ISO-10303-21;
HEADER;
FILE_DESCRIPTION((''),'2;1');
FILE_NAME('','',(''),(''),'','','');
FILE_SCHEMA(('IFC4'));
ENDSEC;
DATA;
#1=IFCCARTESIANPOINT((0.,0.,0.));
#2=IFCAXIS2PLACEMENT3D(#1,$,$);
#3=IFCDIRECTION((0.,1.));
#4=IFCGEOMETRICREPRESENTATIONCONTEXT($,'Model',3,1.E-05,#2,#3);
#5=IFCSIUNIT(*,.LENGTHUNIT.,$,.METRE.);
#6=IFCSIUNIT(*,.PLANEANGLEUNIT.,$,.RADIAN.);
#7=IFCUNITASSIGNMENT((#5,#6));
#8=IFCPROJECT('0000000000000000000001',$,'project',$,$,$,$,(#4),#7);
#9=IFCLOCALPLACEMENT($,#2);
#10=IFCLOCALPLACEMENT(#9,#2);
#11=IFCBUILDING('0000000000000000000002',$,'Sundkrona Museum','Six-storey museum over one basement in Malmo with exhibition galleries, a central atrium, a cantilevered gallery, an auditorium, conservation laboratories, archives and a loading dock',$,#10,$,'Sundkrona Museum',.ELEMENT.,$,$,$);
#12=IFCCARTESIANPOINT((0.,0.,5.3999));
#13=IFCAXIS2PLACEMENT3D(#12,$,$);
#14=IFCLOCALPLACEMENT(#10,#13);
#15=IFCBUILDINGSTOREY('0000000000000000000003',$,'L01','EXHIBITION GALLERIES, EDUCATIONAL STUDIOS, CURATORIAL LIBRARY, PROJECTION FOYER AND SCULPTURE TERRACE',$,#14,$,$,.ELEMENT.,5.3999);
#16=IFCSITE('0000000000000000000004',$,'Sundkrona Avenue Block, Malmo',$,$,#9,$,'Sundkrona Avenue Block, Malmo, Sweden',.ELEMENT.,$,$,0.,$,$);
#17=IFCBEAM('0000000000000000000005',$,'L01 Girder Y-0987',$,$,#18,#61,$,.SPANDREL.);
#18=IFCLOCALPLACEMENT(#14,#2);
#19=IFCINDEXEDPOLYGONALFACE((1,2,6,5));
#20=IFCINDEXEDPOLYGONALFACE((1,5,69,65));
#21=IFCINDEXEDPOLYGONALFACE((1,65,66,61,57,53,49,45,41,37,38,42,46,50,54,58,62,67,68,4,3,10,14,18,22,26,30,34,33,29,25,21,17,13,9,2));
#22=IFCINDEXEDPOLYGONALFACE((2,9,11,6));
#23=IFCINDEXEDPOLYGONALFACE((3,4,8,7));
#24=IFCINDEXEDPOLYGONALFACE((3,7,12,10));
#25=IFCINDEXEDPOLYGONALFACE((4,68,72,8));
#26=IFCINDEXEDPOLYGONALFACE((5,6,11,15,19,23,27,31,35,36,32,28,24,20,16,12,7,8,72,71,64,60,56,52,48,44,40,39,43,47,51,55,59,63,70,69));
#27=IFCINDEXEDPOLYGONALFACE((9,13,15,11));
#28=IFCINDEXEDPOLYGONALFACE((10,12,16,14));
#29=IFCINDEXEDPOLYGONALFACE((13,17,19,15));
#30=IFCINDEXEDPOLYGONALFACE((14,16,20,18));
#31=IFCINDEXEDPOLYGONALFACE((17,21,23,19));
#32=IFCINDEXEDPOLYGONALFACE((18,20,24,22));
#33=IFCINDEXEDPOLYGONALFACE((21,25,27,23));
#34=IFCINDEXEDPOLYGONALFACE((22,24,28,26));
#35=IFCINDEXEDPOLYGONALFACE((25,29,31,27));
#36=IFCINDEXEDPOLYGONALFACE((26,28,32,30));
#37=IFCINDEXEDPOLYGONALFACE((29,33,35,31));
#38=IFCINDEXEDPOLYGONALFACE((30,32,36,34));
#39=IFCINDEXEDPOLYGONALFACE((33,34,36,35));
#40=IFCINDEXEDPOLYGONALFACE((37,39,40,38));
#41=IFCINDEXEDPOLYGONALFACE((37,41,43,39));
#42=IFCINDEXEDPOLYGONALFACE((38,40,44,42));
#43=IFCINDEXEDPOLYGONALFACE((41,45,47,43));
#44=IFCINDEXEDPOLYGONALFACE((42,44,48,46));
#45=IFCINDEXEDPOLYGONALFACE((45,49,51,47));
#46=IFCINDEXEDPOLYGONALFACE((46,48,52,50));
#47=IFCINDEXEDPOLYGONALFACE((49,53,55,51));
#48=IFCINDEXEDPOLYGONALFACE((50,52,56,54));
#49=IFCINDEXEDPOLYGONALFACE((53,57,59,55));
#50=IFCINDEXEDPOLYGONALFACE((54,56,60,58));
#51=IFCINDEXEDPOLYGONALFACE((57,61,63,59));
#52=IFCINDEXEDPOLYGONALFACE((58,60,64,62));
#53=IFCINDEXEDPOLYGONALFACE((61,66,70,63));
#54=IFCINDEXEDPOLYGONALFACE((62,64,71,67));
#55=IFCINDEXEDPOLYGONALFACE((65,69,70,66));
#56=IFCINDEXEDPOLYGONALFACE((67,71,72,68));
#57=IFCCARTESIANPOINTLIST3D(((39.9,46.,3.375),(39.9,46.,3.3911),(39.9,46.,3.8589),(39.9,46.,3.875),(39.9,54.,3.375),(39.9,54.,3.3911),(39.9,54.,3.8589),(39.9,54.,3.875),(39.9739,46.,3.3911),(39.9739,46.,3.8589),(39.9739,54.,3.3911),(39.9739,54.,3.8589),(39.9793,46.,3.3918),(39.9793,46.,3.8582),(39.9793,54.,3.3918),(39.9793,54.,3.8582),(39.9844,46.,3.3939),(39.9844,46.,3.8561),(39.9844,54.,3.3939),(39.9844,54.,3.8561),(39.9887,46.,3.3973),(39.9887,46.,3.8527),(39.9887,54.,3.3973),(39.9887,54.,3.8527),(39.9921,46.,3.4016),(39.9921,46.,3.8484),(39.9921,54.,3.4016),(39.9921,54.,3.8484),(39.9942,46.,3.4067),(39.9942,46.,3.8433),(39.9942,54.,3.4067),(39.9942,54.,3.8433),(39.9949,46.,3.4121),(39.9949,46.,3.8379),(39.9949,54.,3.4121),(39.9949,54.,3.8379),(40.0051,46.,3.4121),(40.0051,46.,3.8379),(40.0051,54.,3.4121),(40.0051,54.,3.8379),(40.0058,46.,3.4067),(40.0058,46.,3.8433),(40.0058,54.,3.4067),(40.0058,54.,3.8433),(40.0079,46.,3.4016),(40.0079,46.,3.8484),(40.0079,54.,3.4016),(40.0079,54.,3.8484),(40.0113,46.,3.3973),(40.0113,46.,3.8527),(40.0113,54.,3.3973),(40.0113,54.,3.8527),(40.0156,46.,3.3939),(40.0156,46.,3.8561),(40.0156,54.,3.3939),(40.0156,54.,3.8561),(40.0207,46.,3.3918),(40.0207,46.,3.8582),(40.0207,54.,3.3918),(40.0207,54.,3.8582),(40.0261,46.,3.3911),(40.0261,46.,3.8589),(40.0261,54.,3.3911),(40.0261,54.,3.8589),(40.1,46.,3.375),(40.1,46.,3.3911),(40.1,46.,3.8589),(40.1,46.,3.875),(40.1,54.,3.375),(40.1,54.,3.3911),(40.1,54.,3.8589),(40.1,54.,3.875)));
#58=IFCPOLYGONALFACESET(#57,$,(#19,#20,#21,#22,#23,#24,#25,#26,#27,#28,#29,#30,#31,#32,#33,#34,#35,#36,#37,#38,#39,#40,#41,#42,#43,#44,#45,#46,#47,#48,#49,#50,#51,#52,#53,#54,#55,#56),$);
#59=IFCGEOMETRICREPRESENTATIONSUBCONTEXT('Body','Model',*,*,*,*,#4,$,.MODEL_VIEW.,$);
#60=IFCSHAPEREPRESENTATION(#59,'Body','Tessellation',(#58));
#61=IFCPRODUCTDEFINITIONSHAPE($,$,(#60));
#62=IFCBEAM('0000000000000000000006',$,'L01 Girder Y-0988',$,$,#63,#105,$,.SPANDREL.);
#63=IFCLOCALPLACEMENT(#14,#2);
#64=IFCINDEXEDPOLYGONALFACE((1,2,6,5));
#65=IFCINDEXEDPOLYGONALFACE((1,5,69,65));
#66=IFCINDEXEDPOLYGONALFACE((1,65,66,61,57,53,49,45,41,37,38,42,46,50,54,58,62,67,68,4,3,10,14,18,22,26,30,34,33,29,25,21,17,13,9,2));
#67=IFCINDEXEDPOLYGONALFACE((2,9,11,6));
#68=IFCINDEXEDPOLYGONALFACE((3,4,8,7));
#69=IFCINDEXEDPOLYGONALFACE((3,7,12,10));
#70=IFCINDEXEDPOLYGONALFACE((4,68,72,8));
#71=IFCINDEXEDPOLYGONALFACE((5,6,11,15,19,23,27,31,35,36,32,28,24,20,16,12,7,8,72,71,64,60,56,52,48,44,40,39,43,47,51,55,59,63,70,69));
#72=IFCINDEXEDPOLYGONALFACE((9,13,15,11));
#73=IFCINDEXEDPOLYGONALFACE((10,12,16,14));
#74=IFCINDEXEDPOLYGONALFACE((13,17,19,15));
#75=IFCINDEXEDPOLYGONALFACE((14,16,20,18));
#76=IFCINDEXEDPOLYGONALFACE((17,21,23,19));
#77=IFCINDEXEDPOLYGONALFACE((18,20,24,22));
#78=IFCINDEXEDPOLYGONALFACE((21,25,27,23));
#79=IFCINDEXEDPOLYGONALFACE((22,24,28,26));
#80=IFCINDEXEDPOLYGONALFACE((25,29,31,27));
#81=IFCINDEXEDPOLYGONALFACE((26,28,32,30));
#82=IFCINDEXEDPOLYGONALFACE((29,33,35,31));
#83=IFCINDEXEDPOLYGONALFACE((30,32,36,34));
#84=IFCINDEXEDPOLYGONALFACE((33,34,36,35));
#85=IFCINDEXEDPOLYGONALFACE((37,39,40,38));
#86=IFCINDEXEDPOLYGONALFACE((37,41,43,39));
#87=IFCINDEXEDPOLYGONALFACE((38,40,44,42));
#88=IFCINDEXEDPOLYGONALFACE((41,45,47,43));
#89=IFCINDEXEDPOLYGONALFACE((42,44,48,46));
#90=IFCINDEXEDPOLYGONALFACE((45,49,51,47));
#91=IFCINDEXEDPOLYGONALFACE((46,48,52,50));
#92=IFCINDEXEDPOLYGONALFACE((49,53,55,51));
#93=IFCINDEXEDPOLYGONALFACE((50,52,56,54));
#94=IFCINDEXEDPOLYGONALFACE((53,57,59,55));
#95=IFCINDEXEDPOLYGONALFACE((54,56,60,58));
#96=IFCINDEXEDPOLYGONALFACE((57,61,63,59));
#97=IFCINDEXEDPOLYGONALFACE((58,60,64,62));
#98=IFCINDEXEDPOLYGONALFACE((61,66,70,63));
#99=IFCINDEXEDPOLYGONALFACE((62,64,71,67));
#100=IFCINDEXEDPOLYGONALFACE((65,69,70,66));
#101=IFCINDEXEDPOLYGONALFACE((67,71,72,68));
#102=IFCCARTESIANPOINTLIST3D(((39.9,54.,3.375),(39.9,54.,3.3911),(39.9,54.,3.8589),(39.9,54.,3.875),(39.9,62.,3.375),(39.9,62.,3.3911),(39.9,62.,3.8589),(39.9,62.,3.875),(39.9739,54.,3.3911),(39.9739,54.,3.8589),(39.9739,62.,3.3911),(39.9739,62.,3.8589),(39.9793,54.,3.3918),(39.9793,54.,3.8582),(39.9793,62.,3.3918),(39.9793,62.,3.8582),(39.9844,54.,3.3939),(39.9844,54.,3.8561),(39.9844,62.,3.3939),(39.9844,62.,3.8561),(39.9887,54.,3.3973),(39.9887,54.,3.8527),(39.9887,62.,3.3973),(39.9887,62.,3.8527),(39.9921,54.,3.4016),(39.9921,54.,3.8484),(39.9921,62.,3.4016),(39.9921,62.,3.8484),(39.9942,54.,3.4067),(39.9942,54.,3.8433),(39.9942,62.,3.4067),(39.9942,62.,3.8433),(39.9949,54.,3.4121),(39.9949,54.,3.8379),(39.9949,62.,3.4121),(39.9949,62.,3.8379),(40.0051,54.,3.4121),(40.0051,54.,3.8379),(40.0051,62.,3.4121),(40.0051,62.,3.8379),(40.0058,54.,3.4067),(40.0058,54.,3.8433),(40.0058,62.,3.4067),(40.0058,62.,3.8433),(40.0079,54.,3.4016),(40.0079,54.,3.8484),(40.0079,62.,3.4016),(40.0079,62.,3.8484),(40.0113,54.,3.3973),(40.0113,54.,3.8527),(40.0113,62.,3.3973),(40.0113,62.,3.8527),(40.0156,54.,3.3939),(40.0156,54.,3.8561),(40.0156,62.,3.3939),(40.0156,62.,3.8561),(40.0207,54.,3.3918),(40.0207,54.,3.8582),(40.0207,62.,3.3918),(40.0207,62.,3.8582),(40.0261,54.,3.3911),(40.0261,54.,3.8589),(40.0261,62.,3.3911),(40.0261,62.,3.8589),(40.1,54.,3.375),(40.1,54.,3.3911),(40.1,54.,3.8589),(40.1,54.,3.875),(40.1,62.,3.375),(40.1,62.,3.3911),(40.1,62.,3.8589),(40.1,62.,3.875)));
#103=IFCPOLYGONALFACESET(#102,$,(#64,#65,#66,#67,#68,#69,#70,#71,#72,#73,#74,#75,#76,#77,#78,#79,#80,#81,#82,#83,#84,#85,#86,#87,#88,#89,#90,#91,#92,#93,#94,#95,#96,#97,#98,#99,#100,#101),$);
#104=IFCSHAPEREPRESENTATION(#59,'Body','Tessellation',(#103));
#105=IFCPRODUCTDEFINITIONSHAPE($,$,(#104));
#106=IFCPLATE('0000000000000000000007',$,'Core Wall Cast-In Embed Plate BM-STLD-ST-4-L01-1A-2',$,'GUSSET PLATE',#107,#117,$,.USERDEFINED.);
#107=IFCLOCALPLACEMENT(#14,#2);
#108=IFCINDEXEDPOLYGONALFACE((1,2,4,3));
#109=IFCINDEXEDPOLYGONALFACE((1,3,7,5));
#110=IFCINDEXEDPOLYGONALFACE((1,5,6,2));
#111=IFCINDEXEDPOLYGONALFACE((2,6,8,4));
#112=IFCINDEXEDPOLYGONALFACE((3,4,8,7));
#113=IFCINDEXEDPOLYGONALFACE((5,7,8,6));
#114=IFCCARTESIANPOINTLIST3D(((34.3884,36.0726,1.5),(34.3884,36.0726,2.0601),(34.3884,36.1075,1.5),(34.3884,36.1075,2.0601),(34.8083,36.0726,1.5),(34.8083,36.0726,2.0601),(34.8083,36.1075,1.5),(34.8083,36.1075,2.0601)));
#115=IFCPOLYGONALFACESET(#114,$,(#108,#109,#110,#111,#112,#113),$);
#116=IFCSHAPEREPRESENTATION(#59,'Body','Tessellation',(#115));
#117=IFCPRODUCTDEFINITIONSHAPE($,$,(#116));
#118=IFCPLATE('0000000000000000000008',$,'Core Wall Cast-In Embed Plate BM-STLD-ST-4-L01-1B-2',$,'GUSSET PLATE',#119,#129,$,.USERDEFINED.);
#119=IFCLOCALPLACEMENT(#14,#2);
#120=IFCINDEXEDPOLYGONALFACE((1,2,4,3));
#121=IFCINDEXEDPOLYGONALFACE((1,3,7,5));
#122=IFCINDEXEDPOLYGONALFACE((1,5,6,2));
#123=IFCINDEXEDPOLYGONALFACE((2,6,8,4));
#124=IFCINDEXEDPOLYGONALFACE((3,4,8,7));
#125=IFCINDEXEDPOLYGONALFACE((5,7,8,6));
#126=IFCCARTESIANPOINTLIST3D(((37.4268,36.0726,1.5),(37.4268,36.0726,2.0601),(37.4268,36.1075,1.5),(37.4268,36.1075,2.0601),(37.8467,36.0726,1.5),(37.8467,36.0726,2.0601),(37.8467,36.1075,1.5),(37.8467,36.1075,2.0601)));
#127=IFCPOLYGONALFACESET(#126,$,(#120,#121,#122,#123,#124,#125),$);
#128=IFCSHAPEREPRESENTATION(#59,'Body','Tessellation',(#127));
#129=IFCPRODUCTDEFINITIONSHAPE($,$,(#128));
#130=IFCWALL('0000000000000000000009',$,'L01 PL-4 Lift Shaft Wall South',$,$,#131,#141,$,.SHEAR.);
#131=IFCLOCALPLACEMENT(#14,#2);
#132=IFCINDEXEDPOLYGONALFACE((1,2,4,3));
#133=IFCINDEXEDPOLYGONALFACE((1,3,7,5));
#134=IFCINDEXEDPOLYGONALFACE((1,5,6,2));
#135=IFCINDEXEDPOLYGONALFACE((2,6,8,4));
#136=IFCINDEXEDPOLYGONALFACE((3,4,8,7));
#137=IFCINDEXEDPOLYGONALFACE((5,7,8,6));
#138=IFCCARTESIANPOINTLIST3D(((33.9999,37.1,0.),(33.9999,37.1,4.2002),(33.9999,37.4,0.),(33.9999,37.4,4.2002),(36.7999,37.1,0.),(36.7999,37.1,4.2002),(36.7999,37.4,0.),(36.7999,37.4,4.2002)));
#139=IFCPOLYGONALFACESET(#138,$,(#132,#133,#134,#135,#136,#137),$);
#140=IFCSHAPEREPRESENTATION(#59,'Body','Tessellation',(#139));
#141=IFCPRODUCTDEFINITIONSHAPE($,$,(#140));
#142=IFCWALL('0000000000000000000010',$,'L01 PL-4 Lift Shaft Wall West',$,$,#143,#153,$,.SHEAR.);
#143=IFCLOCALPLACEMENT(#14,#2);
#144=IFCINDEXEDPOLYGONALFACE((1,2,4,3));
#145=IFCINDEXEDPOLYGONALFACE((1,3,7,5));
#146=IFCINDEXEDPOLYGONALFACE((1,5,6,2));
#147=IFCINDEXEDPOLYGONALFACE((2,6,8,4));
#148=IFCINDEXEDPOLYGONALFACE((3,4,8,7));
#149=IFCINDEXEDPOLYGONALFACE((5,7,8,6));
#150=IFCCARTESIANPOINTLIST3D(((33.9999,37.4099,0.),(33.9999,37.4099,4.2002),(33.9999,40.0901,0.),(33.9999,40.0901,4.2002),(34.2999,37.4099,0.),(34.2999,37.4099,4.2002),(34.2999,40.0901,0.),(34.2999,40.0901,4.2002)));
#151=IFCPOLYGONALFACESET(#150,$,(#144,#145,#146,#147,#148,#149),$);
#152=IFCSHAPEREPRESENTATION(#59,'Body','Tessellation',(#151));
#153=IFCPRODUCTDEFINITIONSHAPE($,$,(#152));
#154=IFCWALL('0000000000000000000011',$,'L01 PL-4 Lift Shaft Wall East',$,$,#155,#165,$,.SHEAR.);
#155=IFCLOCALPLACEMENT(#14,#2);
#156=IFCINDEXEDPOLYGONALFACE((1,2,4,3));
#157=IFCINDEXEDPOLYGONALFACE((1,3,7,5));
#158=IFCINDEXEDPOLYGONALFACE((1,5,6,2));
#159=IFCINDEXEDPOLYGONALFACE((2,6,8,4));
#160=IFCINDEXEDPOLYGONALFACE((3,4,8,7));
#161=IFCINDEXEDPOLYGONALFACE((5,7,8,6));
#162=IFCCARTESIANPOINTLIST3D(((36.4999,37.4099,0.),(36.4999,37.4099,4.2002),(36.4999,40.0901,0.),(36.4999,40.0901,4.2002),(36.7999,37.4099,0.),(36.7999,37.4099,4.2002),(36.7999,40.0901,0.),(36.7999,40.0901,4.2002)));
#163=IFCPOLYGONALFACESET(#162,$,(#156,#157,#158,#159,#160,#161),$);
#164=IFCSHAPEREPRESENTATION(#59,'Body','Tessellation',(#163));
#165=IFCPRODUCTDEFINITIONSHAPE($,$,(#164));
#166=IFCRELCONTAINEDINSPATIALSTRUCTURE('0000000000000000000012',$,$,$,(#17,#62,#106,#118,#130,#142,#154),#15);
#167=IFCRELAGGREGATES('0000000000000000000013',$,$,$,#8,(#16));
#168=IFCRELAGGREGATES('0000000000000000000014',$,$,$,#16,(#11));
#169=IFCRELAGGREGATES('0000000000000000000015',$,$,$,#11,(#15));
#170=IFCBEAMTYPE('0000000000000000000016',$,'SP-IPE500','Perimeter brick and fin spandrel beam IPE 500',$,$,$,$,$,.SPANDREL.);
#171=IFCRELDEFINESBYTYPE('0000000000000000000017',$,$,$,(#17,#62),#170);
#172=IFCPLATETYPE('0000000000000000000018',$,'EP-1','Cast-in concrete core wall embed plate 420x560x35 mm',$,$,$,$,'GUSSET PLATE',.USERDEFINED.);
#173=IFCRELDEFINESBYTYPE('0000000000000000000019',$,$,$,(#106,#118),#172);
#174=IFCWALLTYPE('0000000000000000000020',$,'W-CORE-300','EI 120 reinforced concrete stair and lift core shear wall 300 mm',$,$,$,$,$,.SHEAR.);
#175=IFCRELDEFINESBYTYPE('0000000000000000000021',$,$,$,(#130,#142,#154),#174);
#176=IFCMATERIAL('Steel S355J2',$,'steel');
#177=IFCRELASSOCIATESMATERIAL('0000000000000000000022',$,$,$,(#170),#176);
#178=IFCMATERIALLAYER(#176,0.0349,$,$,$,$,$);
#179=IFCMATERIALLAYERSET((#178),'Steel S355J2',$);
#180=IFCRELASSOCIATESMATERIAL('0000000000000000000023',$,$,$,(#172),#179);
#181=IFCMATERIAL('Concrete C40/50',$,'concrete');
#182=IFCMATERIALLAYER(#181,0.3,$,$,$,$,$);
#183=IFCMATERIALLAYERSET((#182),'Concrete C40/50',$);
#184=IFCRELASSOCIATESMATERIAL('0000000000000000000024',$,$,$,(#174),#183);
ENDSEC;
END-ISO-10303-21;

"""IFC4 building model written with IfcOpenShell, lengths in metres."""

from ifc_helpers import new_model, si_unit, direction, frame, frame_2d, origin, origin_2d, place, context, subcontext, project, spatial, rectangle, i_section, extrude, material, layer, layer_set, material_profile, profile_set, type_object, element, save


model = new_model("IFC4")

# Units and contexts
model_context = context("Model", 3, precision=1e-05, world=origin(), true_north=direction((0.0, 1.0)))
body_context = subcontext(model_context, "Body", "Model", "MODEL_VIEW")
ifc_project = project(units=[si_unit("LENGTHUNIT", "METRE"), si_unit("PLANEANGLEUNIT", "RADIAN")], contexts=[model_context])

# Site, building, storey
site_placement = place(None, origin())
site = spatial("IfcSite", under=ifc_project, at=site_placement, Name="Sundkrona Avenue Block, Malmo", LongName="Sundkrona Avenue Block, Malmo, Sweden", CompositionType="ELEMENT", RefElevation=0.0)
building_placement = place(site_placement, origin())
building = spatial("IfcBuilding", under=site, at=building_placement, Name="Sundkrona Museum", Description="Six-storey museum over one basement in Malmo with exhibition galleries, a central atrium, a cantilevered gallery, an auditorium, conservation laboratories, archives and a loading dock", LongName="Sundkrona Museum", CompositionType="ELEMENT")
storey_placement = place(building_placement, frame((0.0, 0.0, 5.3999)))
storey = spatial("IfcBuildingStorey", under=building, at=storey_placement, Name="L01", Description="EXHIBITION GALLERIES, EDUCATIONAL STUDIOS, CURATORIAL LIBRARY, PROJECTION FOYER AND SCULPTURE TERRACE", CompositionType="ELEMENT", Elevation=5.3999)

# Shared definitions
ifc_material_1 = material(Name="Steel S355J2", Category="steel")

# Beams
ifc_material_profile_1 = material_profile(ifc_material_1, i_section(OverallWidth=0.2, OverallDepth=0.5, WebThickness=0.0103, FlangeThickness=0.0161, FilletRadius=0.021, at=origin_2d()), Name="IPE 500")
ifc_profile_set_1 = profile_set([ifc_material_profile_1], Name="Steel S355J2")
beam_type = type_object("IfcBeamType", Name="SP-IPE500", Description="Perimeter brick and fin spandrel beam IPE 500", PredefinedType="SPANDREL", material=ifc_profile_set_1)
for number, where, z_axis, x_axis, name in (
    (1, (40.0, 46.0, 3.625), (0.0, 1.0, 0.0), (-1.0, 0.0, 0.0), "L01 Girder Y-0987"),
    (2, (40.0, 54.0, 3.625), (0.0, 1.0, 0.0), (-1.0, 0.0, 0.0), "L01 Girder Y-0988"),
):
    element("IfcBeam", number, at=place(storey_placement, frame(where, z_axis=z_axis, x_axis=x_axis)), inside=storey, type_object=beam_type, Name=name, PredefinedType="SPANDREL", context=body_context, shape_type="SweptSolid", body=[
        extrude(i_section(OverallWidth=0.2, OverallDepth=0.5, WebThickness=0.0103, FlangeThickness=0.0161, FilletRadius=0.021, at=origin_2d()), origin(), (0.0, 0.0, 1.0), 8.0),
    ])

# Plates
ifc_layer_1 = layer(ifc_material_1, 0.0349)
ifc_layer_set_1 = layer_set([ifc_layer_1], Name="Steel S355J2")
plate_type = type_object("IfcPlateType", Name="EP-1", Description="Cast-in concrete core wall embed plate 420x560x35 mm", ElementType="GUSSET PLATE", PredefinedType="USERDEFINED", material=ifc_layer_set_1)
for number, where, z_axis, x_axis, name in (
    (3, (34.5984, 36.0901, 1.5), (0.0, 0.0, 1.0), (1.0, 0.0, 0.0), "Core Wall Cast-In Embed Plate BM-STLD-ST-4-L01-1A-2"),
    (4, (37.6367, 36.0901, 1.5), (0.0, 0.0, 1.0), (1.0, 0.0, 0.0), "Core Wall Cast-In Embed Plate BM-STLD-ST-4-L01-1B-2"),
):
    element("IfcPlate", number, at=place(storey_placement, frame(where, z_axis=z_axis, x_axis=x_axis)), inside=storey, type_object=plate_type, Name=name, ObjectType="GUSSET PLATE", PredefinedType="USERDEFINED", context=body_context, shape_type="SweptSolid", body=[
        extrude(rectangle(XDim=0.4199, YDim=0.0349, at=origin_2d()), origin(), (0.0, 0.0, 1.0), 0.5601),
    ])

# Wall
ifc_material_2 = material(Name="Concrete C40/50", Category="concrete")
ifc_layer_2 = layer(ifc_material_2, 0.3)
ifc_layer_set_2 = layer_set([ifc_layer_2], Name="Concrete C40/50")
wall_type_1 = type_object("IfcWallType", Name="W-CORE-300", Description="EI 120 reinforced concrete stair and lift core shear wall 300 mm", PredefinedType="SHEAR", material=ifc_layer_set_2)
wall_1_placement = place(storey_placement, frame((34.0, 37.25, 0.0), z_axis=(0.0, 0.0, 1.0), x_axis=(1.0, 0.0, 0.0)))
element("IfcWall", 5, at=wall_1_placement, inside=storey, type_object=wall_type_1, Name="L01 PL-4 Lift Shaft Wall South", PredefinedType="SHEAR", context=body_context, shape_type="SweptSolid", body=[
    extrude(rectangle(XDim=2.8, YDim=0.3, at=frame_2d((1.3999, 0.0))), origin(), (0.0, 0.0, 1.0), 4.2002),
])

# Walls
for number, where, z_axis, x_axis, name in (
    (6, (34.1499, 37.4099, 0.0), (0.0, 0.0, 1.0), (0.0, 1.0, 0.0), "L01 PL-4 Lift Shaft Wall West"),
    (7, (36.6499, 37.4099, 0.0), (0.0, 0.0, 1.0), (0.0, 1.0, 0.0), "L01 PL-4 Lift Shaft Wall East"),
):
    element("IfcWall", number, at=place(storey_placement, frame(where, z_axis=z_axis, x_axis=x_axis)), inside=storey, type_object=wall_type_1, Name=name, PredefinedType="SHEAR", context=body_context, shape_type="SweptSolid", body=[
        extrude(rectangle(XDim=2.6802, YDim=0.3, at=frame_2d((1.3401, 0.0))), origin(), (0.0, 0.0, 1.0), 4.2002),
    ])

save(model, "model.ifc")
